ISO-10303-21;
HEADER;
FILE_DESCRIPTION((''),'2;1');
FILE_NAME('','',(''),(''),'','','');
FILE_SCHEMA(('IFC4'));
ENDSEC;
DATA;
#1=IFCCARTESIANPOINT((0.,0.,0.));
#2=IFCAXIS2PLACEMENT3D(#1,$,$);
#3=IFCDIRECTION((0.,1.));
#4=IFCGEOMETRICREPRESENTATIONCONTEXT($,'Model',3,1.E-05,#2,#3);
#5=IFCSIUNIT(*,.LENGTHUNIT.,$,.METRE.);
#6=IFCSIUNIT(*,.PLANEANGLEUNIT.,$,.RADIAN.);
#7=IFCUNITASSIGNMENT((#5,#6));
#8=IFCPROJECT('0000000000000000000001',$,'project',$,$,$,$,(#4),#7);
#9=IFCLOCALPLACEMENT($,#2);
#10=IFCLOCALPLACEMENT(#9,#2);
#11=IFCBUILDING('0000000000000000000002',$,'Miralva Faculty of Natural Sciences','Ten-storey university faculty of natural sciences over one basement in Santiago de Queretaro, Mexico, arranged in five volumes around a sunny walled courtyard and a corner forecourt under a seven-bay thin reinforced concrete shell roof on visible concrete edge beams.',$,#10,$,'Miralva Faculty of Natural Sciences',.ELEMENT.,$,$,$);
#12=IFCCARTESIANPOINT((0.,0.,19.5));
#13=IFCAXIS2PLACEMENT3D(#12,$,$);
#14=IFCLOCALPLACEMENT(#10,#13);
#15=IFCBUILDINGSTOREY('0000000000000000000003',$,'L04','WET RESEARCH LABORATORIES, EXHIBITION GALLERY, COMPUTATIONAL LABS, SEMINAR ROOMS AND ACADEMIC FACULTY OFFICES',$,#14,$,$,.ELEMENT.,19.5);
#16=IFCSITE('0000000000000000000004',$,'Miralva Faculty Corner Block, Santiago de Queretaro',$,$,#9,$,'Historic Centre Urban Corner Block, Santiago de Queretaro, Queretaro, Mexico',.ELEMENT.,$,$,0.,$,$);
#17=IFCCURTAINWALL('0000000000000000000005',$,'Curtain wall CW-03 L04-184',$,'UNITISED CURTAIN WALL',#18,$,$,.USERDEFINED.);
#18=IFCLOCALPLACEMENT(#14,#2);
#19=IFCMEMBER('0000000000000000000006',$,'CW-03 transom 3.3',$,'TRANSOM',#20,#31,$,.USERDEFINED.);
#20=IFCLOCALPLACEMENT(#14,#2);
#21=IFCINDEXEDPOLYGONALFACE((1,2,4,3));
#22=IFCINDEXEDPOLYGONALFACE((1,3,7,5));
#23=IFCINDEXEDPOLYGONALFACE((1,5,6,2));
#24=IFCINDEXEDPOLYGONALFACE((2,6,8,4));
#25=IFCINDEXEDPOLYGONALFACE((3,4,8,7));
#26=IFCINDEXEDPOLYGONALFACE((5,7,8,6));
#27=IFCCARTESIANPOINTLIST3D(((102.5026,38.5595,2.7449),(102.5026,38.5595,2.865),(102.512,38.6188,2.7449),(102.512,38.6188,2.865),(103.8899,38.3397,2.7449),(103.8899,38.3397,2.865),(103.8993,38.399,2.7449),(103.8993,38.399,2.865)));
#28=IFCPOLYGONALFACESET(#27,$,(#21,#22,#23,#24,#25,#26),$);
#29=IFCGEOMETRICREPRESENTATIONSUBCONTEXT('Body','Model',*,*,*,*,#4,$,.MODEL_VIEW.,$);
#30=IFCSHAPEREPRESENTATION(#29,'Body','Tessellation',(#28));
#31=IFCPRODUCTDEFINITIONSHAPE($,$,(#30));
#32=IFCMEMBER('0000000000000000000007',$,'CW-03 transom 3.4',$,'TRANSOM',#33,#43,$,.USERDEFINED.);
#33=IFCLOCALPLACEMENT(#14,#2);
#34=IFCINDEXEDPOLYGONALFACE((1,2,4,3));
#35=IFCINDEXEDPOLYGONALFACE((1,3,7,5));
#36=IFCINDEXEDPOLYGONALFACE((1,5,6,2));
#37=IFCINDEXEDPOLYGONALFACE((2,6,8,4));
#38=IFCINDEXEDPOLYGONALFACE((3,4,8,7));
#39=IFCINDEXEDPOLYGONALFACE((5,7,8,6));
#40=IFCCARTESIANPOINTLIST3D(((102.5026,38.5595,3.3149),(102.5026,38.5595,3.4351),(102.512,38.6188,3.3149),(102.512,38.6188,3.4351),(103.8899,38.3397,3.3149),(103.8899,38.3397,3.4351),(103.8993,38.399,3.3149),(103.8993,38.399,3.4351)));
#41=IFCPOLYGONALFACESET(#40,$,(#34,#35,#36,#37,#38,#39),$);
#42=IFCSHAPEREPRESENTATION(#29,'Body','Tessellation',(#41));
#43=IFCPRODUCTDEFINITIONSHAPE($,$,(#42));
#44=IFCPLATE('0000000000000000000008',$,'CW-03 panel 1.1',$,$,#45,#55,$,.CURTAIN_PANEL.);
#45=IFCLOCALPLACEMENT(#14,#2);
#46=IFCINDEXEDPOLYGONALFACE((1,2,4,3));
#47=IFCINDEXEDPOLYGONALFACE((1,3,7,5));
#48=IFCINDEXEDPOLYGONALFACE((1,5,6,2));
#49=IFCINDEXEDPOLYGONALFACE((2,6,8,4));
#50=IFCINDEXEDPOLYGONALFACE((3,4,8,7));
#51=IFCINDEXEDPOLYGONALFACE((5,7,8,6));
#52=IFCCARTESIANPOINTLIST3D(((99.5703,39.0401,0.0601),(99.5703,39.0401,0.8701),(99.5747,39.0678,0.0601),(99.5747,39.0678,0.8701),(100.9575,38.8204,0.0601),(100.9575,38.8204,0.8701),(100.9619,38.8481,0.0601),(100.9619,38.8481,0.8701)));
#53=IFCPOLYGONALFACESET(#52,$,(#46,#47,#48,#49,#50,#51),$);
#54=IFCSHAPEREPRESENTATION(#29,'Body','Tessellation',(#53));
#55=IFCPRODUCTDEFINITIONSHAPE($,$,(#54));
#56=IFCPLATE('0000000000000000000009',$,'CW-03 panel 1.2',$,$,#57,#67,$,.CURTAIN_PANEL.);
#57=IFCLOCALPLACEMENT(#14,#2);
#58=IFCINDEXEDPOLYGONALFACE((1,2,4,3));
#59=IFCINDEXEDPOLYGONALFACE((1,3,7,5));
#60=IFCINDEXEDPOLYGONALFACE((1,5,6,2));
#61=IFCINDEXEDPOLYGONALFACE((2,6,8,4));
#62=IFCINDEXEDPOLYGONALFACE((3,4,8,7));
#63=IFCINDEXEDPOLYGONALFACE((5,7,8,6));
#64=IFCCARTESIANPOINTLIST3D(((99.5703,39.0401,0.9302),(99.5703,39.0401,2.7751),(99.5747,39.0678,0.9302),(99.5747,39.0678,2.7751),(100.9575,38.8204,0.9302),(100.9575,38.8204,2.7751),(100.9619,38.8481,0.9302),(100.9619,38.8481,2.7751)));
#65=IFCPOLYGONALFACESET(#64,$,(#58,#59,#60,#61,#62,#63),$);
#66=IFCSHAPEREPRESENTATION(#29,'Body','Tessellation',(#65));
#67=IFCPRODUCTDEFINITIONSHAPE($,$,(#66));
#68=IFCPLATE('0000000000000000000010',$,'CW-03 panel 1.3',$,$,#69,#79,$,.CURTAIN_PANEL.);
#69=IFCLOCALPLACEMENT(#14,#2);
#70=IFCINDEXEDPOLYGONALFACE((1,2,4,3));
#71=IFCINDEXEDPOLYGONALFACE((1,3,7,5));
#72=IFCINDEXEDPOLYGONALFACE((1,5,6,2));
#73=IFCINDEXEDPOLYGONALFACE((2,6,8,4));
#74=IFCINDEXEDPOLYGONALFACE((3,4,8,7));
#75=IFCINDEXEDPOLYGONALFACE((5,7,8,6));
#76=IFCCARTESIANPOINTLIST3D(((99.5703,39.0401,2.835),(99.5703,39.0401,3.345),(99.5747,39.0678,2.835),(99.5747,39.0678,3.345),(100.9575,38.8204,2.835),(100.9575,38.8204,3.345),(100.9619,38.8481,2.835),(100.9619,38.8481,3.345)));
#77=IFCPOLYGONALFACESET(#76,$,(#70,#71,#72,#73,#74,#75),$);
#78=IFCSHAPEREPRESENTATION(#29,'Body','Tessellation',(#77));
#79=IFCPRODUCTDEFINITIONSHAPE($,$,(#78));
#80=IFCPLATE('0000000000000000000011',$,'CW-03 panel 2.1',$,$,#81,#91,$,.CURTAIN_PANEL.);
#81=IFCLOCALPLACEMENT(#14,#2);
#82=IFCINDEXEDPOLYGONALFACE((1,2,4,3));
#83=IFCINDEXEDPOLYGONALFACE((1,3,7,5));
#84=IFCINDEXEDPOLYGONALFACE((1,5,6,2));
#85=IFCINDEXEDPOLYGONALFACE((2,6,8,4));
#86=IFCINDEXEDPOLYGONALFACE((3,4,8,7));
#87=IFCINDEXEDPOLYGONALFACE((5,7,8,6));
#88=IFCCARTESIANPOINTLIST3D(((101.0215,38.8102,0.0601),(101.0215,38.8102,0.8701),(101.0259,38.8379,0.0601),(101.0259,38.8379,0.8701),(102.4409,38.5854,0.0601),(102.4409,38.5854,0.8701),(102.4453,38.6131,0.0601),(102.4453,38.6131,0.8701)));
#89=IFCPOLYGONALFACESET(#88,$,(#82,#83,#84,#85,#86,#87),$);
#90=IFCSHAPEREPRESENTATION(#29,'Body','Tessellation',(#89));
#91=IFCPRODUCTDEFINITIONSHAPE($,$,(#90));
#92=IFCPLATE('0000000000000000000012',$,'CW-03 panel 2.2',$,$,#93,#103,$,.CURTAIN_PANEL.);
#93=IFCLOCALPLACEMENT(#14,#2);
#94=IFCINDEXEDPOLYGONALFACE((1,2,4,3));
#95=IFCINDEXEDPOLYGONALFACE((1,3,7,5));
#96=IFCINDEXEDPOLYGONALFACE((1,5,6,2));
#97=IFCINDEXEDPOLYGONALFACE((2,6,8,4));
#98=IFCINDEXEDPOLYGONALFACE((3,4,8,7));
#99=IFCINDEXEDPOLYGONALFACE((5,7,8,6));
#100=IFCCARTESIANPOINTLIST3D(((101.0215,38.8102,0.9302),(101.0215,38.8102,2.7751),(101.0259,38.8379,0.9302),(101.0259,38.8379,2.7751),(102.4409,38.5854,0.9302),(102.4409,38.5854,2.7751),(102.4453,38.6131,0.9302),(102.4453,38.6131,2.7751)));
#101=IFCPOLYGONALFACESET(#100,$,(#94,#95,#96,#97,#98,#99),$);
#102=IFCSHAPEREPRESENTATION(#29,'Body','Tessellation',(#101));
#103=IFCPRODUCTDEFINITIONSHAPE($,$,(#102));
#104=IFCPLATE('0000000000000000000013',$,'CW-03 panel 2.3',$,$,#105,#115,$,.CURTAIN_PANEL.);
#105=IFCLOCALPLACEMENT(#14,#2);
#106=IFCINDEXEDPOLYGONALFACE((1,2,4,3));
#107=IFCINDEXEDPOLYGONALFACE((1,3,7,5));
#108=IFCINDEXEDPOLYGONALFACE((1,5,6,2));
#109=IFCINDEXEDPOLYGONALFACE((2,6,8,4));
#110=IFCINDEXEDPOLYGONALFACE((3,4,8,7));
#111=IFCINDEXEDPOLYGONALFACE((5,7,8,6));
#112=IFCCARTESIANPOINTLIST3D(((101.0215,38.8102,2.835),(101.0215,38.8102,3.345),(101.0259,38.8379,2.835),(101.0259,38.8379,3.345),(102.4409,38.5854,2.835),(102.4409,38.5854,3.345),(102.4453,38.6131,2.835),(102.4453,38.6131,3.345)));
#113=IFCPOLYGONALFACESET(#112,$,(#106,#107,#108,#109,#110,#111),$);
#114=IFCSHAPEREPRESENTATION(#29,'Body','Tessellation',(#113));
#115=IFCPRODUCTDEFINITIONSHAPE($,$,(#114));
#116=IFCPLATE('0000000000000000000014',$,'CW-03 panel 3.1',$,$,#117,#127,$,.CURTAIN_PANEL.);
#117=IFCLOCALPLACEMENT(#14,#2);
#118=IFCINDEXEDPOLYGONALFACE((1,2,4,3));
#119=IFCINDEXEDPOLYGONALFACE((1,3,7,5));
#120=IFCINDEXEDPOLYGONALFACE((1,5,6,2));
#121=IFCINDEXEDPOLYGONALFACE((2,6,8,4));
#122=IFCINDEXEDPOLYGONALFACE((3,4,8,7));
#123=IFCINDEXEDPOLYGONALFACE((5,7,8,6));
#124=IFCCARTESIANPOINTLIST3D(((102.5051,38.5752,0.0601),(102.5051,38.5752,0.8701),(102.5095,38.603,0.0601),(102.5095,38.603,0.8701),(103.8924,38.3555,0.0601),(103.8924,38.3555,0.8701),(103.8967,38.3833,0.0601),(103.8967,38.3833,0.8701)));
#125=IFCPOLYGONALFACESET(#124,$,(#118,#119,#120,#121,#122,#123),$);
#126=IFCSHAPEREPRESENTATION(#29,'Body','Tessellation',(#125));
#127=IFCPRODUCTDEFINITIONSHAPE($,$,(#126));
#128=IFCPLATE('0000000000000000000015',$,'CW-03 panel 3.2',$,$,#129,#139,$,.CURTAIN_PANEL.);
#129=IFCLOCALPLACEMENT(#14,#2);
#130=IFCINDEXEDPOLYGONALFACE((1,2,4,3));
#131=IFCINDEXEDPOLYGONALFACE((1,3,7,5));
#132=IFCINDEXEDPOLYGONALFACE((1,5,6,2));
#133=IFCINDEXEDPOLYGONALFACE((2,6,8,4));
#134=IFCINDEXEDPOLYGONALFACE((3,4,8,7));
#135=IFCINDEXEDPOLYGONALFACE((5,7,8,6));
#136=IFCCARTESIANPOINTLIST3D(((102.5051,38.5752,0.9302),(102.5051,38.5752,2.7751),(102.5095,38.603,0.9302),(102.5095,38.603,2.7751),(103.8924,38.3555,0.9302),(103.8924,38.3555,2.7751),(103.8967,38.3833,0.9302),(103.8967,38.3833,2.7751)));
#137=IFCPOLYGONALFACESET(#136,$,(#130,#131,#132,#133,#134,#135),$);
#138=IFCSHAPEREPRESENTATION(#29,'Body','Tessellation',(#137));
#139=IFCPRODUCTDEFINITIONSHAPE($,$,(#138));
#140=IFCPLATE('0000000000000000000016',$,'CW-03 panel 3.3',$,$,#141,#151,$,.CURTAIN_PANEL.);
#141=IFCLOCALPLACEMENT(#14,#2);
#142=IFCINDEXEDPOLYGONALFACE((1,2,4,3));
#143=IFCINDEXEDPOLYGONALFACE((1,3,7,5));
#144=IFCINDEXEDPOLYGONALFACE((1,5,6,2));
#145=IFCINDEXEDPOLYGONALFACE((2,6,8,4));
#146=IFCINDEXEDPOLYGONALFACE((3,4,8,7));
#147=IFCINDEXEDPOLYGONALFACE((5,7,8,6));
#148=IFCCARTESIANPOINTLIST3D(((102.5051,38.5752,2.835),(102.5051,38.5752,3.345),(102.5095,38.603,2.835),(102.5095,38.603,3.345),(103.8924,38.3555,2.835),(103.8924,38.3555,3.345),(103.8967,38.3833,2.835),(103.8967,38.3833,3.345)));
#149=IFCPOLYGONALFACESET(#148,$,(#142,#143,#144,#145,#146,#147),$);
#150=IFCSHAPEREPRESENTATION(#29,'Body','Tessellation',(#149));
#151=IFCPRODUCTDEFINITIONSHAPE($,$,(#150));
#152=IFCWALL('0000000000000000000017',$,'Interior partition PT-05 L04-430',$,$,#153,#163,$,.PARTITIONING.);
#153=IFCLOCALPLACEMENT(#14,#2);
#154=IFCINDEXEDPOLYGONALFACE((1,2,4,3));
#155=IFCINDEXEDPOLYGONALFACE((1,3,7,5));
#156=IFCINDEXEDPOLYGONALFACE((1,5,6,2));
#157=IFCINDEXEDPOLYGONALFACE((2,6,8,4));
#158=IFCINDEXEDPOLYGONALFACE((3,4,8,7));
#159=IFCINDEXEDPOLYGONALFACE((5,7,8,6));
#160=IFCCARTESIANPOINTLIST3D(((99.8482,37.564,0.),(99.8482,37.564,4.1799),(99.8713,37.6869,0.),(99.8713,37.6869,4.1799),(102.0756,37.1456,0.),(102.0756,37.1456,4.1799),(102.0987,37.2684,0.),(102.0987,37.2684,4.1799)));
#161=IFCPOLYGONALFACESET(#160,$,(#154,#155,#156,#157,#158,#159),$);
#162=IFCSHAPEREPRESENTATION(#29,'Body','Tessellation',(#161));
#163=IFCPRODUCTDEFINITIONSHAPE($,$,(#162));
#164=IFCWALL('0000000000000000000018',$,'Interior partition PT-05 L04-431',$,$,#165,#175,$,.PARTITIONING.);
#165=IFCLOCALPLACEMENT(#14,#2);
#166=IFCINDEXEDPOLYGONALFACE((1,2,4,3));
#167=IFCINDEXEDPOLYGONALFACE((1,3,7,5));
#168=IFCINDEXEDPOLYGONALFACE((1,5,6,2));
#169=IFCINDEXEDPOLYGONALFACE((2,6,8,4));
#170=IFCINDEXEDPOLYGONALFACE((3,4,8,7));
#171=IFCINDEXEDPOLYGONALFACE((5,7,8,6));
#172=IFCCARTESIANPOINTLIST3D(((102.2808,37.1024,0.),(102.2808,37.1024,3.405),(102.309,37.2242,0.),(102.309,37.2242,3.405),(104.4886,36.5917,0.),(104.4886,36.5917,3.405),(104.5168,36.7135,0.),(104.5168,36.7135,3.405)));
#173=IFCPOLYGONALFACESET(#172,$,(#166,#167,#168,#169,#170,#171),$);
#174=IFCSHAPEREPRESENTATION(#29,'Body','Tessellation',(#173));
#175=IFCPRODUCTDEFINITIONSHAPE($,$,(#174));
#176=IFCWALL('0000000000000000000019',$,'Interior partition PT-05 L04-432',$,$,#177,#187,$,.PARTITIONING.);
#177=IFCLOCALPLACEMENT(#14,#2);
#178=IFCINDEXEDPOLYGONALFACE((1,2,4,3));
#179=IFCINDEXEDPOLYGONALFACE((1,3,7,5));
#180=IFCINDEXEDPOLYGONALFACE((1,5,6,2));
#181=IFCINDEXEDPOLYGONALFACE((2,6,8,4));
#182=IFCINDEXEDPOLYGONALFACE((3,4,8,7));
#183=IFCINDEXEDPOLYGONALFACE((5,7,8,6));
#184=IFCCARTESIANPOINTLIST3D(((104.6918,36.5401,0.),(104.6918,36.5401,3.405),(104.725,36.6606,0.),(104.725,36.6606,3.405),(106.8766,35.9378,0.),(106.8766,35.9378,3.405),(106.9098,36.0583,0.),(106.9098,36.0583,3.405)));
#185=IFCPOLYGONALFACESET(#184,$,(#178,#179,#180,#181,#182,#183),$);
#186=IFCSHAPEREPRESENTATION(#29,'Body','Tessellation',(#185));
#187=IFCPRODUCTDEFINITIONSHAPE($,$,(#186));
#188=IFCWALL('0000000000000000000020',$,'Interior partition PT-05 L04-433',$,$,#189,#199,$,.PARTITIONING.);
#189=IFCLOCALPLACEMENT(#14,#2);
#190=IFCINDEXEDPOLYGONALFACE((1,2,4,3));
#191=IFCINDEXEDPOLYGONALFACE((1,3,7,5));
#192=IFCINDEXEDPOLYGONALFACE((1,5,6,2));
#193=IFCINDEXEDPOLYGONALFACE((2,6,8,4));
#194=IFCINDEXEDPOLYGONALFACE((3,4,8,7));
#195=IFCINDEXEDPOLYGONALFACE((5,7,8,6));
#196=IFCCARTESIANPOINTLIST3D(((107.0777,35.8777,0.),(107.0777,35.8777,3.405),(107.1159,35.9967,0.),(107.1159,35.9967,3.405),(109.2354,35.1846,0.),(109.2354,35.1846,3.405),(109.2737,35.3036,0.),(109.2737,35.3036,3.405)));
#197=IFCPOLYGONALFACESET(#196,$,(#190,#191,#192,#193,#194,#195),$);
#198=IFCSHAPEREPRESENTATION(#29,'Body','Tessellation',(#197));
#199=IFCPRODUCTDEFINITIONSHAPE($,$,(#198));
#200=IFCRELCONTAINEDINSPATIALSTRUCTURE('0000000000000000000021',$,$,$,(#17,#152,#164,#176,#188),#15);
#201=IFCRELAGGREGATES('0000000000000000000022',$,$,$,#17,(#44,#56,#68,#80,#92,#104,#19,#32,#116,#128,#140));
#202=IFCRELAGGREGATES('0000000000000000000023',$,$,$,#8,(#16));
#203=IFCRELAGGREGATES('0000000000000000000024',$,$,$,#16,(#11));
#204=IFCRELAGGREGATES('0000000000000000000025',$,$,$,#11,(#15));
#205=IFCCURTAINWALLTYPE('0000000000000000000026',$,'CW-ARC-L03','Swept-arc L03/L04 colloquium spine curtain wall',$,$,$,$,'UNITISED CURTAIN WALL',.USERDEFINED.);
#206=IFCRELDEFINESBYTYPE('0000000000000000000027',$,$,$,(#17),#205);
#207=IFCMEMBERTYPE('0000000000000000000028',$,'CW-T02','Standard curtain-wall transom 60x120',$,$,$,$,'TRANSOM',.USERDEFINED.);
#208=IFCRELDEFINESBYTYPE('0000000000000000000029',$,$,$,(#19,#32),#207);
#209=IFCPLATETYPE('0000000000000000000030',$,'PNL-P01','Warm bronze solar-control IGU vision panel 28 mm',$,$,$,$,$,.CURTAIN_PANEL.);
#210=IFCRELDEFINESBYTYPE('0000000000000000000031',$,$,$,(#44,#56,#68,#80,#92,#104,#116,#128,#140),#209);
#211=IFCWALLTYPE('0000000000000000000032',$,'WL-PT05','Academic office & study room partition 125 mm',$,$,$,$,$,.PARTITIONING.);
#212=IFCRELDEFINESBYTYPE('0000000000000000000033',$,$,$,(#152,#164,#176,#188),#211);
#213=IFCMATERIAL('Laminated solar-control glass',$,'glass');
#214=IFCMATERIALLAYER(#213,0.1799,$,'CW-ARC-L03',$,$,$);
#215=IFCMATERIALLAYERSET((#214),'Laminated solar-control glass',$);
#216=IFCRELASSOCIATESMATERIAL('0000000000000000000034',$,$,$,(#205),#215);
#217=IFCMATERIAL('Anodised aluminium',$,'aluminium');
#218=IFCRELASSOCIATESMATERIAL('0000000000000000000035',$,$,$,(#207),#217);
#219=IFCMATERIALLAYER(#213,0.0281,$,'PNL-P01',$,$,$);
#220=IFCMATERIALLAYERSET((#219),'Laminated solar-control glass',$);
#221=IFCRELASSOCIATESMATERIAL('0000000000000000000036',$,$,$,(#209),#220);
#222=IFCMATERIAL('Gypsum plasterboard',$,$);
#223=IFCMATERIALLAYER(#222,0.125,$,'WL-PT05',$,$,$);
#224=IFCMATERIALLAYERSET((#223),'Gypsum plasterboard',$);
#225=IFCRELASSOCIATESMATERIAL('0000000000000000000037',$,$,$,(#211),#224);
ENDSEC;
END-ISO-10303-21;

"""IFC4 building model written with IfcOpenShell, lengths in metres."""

from ifc_helpers import new_model, si_unit, direction, frame, frame_2d, origin, origin_2d, place, context, subcontext, project, spatial, rectangle, extrude, material, layer, layer_set, material_profile, profile_set, type_object, element, aggregate, save


model = new_model("IFC4")

# Units and contexts
model_context = context("Model", 3, precision=1e-05, world=origin(), true_north=direction((0.0, 1.0)))
body_context = subcontext(model_context, "Body", "Model", "MODEL_VIEW")
ifc_project = project(units=[si_unit("LENGTHUNIT", "METRE"), si_unit("PLANEANGLEUNIT", "RADIAN")], contexts=[model_context])

# Site, building, storey
site_placement = place(None, origin())
site = spatial("IfcSite", under=ifc_project, at=site_placement, Name="Miralva Faculty Corner Block, Santiago de Queretaro", LongName="Historic Centre Urban Corner Block, Santiago de Queretaro, Queretaro, Mexico", CompositionType="ELEMENT", RefElevation=0.0)
building_placement = place(site_placement, origin())
building = spatial("IfcBuilding", under=site, at=building_placement, Name="Miralva Faculty of Natural Sciences", Description="Ten-storey university faculty of natural sciences over one basement in Santiago de Queretaro, Mexico, arranged in five volumes around a sunny walled courtyard and a corner forecourt under a seven-bay thin reinforced concrete shell roof on visible concrete edge beams.", LongName="Miralva Faculty of Natural Sciences", CompositionType="ELEMENT")
storey_placement = place(building_placement, frame((0.0, 0.0, 19.5)))
storey = spatial("IfcBuildingStorey", under=building, at=storey_placement, Name="L04", Description="WET RESEARCH LABORATORIES, EXHIBITION GALLERY, COMPUTATIONAL LABS, SEMINAR ROOMS AND ACADEMIC FACULTY OFFICES", CompositionType="ELEMENT", Elevation=19.5)

# Curtain wall, members, plates
ifc_material_1 = material(Name="Laminated solar-control glass", Category="glass")
ifc_layer_1 = layer(ifc_material_1, 0.1799, Name="CW-ARC-L03")
ifc_layer_set_1 = layer_set([ifc_layer_1], Name="Laminated solar-control glass")
curtain_wall_type = type_object("IfcCurtainWallType", Name="CW-ARC-L03", Description="Swept-arc L03/L04 colloquium spine curtain wall", ElementType="UNITISED CURTAIN WALL", PredefinedType="USERDEFINED", material=ifc_layer_set_1)
curtain_wall_placement = place(storey_placement, origin())
curtain_wall = element("IfcCurtainWall", 1, at=curtain_wall_placement, inside=storey, type_object=curtain_wall_type, Name="Curtain wall CW-03 L04-184", ObjectType="UNITISED CURTAIN WALL", PredefinedType="USERDEFINED")
ifc_material_2 = material(Name="Anodised aluminium", Category="aluminium")
ifc_material_profile_1 = material_profile(ifc_material_2, rectangle(XDim=0.0601, YDim=0.1201, at=origin_2d()), Name="TRANSOM 60x120")
ifc_profile_set_1 = profile_set([ifc_material_profile_1], Name="Anodised aluminium")
member_type_1 = type_object("IfcMemberType", Name="CW-T02", Description="Standard curtain-wall transom 60x120", ElementType="TRANSOM", PredefinedType="USERDEFINED", material=ifc_profile_set_1)
member_1_placement = place(storey_placement, frame((102.5073, 38.5891, 2.8049), z_axis=(0.987687, -0.156445, 0.0), x_axis=(0.156445, 0.987687, 0.0)))
member_1 = element("IfcMember", 2, at=member_1_placement, type_object=member_type_1, Name="CW-03 transom 3.3", ObjectType="TRANSOM", PredefinedType="USERDEFINED", context=body_context, shape_type="SweptSolid", body=[
    extrude(rectangle(XDim=0.0601, YDim=0.1201, at=origin_2d()), origin(), (0.0, 0.0, 1.0), 1.4045),
])
member_2_placement = place(storey_placement, frame((102.5073, 38.5891, 3.375), z_axis=(0.987687, -0.156445, 0.0), x_axis=(0.156445, 0.987687, 0.0)))
member_2 = element("IfcMember", 3, at=member_2_placement, type_object=member_type_1, Name="CW-03 transom 3.4", ObjectType="TRANSOM", PredefinedType="USERDEFINED", context=body_context, shape_type="SweptSolid", body=[
    extrude(rectangle(XDim=0.0601, YDim=0.1201, at=origin_2d()), origin(), (0.0, 0.0, 1.0), 1.4045),
])
ifc_layer_2 = layer(ifc_material_1, 0.0281, Name="PNL-P01")
ifc_layer_set_2 = layer_set([ifc_layer_2], Name="Laminated solar-control glass")
plate_type = type_object("IfcPlateType", Name="PNL-P01", Description="Warm bronze solar-control IGU vision panel 28 mm", PredefinedType="CURTAIN_PANEL", material=ifc_layer_set_2)
plate_1_placement = place(storey_placement, frame((100.2661, 38.9441, 0.0601), z_axis=(0.0, 0.0, 1.0), x_axis=(0.987688, -0.156437, 0.0)))
plate_1 = element("IfcPlate", 4, at=plate_1_placement, type_object=plate_type, Name="CW-03 panel 1.1", PredefinedType="CURTAIN_PANEL", context=body_context, shape_type="SweptSolid", body=[
    extrude(rectangle(XDim=1.4045, YDim=0.0281, at=origin_2d()), origin(), (0.0, 0.0, 1.0), 0.8101),
])
plate_2_placement = place(storey_placement, frame((100.2661, 38.9441, 0.9302), z_axis=(0.0, 0.0, 1.0), x_axis=(0.987688, -0.156437, 0.0)))
plate_2 = element("IfcPlate", 5, at=plate_2_placement, type_object=plate_type, Name="CW-03 panel 1.2", PredefinedType="CURTAIN_PANEL", context=body_context, shape_type="SweptSolid", body=[
    extrude(rectangle(XDim=1.4045, YDim=0.0281, at=origin_2d()), origin(), (0.0, 0.0, 1.0), 1.845),
])
plate_3_placement = place(storey_placement, frame((100.2661, 38.9441, 2.835), z_axis=(0.0, 0.0, 1.0), x_axis=(0.987688, -0.156437, 0.0)))
plate_3 = element("IfcPlate", 6, at=plate_3_placement, type_object=plate_type, Name="CW-03 panel 1.3", PredefinedType="CURTAIN_PANEL", context=body_context, shape_type="SweptSolid", body=[
    extrude(rectangle(XDim=1.4045, YDim=0.0281, at=origin_2d()), origin(), (0.0, 0.0, 1.0), 0.51),
])
plate_4_placement = place(storey_placement, frame((101.7334, 38.7117, 0.0601), z_axis=(0.0, 0.0, 1.0), x_axis=(0.987688, -0.156437, 0.0)))
plate_4 = element("IfcPlate", 7, at=plate_4_placement, type_object=plate_type, Name="CW-03 panel 2.1", PredefinedType="CURTAIN_PANEL", context=body_context, shape_type="SweptSolid", body=[
    extrude(rectangle(XDim=1.437, YDim=0.0281, at=origin_2d()), origin(), (0.0, 0.0, 1.0), 0.8101),
])
plate_5_placement = place(storey_placement, frame((101.7334, 38.7117, 0.9302), z_axis=(0.0, 0.0, 1.0), x_axis=(0.987688, -0.156437, 0.0)))
plate_5 = element("IfcPlate", 8, at=plate_5_placement, type_object=plate_type, Name="CW-03 panel 2.2", PredefinedType="CURTAIN_PANEL", context=body_context, shape_type="SweptSolid", body=[
    extrude(rectangle(XDim=1.437, YDim=0.0281, at=origin_2d()), origin(), (0.0, 0.0, 1.0), 1.845),
])
plate_6_placement = place(storey_placement, frame((101.7334, 38.7117, 2.835), z_axis=(0.0, 0.0, 1.0), x_axis=(0.987688, -0.156437, 0.0)))
plate_6 = element("IfcPlate", 9, at=plate_6_placement, type_object=plate_type, Name="CW-03 panel 2.3", PredefinedType="CURTAIN_PANEL", context=body_context, shape_type="SweptSolid", body=[
    extrude(rectangle(XDim=1.437, YDim=0.0281, at=origin_2d()), origin(), (0.0, 0.0, 1.0), 0.51),
])
plate_7_placement = place(storey_placement, frame((103.2009, 38.4792, 0.0601), z_axis=(0.0, 0.0, 1.0), x_axis=(0.987688, -0.156437, 0.0)))
plate_7 = element("IfcPlate", 10, at=plate_7_placement, type_object=plate_type, Name="CW-03 panel 3.1", PredefinedType="CURTAIN_PANEL", context=body_context, shape_type="SweptSolid", body=[
    extrude(rectangle(XDim=1.4045, YDim=0.0281, at=origin_2d()), origin(), (0.0, 0.0, 1.0), 0.8101),
])
plate_8_placement = place(storey_placement, frame((103.2009, 38.4792, 0.9302), z_axis=(0.0, 0.0, 1.0), x_axis=(0.987688, -0.156437, 0.0)))
plate_8 = element("IfcPlate", 11, at=plate_8_placement, type_object=plate_type, Name="CW-03 panel 3.2", PredefinedType="CURTAIN_PANEL", context=body_context, shape_type="SweptSolid", body=[
    extrude(rectangle(XDim=1.4045, YDim=0.0281, at=origin_2d()), origin(), (0.0, 0.0, 1.0), 1.845),
])
plate_9_placement = place(storey_placement, frame((103.2009, 38.4792, 2.835), z_axis=(0.0, 0.0, 1.0), x_axis=(0.987688, -0.156437, 0.0)))
plate_9 = element("IfcPlate", 12, at=plate_9_placement, type_object=plate_type, Name="CW-03 panel 3.3", PredefinedType="CURTAIN_PANEL", context=body_context, shape_type="SweptSolid", body=[
    extrude(rectangle(XDim=1.4045, YDim=0.0281, at=origin_2d()), origin(), (0.0, 0.0, 1.0), 0.51),
])
aggregate(curtain_wall, [plate_1, plate_2, plate_3, plate_4, plate_5, plate_6, member_1, member_2, plate_7, plate_8, plate_9])

# Walls
ifc_material_3 = material(Name="Gypsum plasterboard")
ifc_layer_3 = layer(ifc_material_3, 0.125, Name="WL-PT05")
ifc_layer_set_3 = layer_set([ifc_layer_3], Name="Gypsum plasterboard")
wall_type_1 = type_object("IfcWallType", Name="WL-PT05", Description="Academic office & study room partition 125 mm", PredefinedType="PARTITIONING", material=ifc_layer_set_3)
wall_1_placement = place(storey_placement, frame((99.8596, 37.6255, 0.0), z_axis=(0.0, 0.0, 1.0), x_axis=(0.982805, -0.184646, 0.0)))
element("IfcWall", 13, at=wall_1_placement, inside=storey, type_object=wall_type_1, Name="Interior partition PT-05 L04-430", PredefinedType="PARTITIONING", context=body_context, shape_type="SweptSolid", body=[
    extrude(rectangle(XDim=2.2664, YDim=0.125, at=frame_2d((1.1333, 0.0))), origin(), (0.0, 0.0, 1.0), 4.1799),
])
wall_2_placement = place(storey_placement, frame((102.2949, 37.1633, 0.0), z_axis=(0.0, 0.0, 1.0), x_axis=(0.974269, -0.225387, 0.0)))
element("IfcWall", 14, at=wall_2_placement, inside=storey, type_object=wall_type_1, Name="Interior partition PT-05 L04-431", PredefinedType="PARTITIONING", context=body_context, shape_type="SweptSolid", body=[
    extrude(rectangle(XDim=2.2661, YDim=0.125, at=frame_2d((1.1331, 0.0))), origin(), (0.0, 0.0, 1.0), 3.405),
])
for number, where, z_axis, x_axis, name in (
    (15, (104.7083, 36.6003, 0.0), (0.0, 0.0, 1.0), (0.964039, -0.26576, 0.0), "Interior partition PT-05 L04-432"),
    (16, (107.0967, 35.9373, 0.0), (0.0, 0.0, 1.0), (0.952085, -0.305835, 0.0), "Interior partition PT-05 L04-433"),
):
    element("IfcWall", number, at=place(storey_placement, frame(where, z_axis=z_axis, x_axis=x_axis)), inside=storey, type_object=wall_type_1, Name=name, PredefinedType="PARTITIONING", context=body_context, shape_type="SweptSolid", body=[
        extrude(rectangle(XDim=2.2664, YDim=0.125, at=frame_2d((1.1333, 0.0))), origin(), (0.0, 0.0, 1.0), 3.405),
    ])

save(model, "model.ifc")
